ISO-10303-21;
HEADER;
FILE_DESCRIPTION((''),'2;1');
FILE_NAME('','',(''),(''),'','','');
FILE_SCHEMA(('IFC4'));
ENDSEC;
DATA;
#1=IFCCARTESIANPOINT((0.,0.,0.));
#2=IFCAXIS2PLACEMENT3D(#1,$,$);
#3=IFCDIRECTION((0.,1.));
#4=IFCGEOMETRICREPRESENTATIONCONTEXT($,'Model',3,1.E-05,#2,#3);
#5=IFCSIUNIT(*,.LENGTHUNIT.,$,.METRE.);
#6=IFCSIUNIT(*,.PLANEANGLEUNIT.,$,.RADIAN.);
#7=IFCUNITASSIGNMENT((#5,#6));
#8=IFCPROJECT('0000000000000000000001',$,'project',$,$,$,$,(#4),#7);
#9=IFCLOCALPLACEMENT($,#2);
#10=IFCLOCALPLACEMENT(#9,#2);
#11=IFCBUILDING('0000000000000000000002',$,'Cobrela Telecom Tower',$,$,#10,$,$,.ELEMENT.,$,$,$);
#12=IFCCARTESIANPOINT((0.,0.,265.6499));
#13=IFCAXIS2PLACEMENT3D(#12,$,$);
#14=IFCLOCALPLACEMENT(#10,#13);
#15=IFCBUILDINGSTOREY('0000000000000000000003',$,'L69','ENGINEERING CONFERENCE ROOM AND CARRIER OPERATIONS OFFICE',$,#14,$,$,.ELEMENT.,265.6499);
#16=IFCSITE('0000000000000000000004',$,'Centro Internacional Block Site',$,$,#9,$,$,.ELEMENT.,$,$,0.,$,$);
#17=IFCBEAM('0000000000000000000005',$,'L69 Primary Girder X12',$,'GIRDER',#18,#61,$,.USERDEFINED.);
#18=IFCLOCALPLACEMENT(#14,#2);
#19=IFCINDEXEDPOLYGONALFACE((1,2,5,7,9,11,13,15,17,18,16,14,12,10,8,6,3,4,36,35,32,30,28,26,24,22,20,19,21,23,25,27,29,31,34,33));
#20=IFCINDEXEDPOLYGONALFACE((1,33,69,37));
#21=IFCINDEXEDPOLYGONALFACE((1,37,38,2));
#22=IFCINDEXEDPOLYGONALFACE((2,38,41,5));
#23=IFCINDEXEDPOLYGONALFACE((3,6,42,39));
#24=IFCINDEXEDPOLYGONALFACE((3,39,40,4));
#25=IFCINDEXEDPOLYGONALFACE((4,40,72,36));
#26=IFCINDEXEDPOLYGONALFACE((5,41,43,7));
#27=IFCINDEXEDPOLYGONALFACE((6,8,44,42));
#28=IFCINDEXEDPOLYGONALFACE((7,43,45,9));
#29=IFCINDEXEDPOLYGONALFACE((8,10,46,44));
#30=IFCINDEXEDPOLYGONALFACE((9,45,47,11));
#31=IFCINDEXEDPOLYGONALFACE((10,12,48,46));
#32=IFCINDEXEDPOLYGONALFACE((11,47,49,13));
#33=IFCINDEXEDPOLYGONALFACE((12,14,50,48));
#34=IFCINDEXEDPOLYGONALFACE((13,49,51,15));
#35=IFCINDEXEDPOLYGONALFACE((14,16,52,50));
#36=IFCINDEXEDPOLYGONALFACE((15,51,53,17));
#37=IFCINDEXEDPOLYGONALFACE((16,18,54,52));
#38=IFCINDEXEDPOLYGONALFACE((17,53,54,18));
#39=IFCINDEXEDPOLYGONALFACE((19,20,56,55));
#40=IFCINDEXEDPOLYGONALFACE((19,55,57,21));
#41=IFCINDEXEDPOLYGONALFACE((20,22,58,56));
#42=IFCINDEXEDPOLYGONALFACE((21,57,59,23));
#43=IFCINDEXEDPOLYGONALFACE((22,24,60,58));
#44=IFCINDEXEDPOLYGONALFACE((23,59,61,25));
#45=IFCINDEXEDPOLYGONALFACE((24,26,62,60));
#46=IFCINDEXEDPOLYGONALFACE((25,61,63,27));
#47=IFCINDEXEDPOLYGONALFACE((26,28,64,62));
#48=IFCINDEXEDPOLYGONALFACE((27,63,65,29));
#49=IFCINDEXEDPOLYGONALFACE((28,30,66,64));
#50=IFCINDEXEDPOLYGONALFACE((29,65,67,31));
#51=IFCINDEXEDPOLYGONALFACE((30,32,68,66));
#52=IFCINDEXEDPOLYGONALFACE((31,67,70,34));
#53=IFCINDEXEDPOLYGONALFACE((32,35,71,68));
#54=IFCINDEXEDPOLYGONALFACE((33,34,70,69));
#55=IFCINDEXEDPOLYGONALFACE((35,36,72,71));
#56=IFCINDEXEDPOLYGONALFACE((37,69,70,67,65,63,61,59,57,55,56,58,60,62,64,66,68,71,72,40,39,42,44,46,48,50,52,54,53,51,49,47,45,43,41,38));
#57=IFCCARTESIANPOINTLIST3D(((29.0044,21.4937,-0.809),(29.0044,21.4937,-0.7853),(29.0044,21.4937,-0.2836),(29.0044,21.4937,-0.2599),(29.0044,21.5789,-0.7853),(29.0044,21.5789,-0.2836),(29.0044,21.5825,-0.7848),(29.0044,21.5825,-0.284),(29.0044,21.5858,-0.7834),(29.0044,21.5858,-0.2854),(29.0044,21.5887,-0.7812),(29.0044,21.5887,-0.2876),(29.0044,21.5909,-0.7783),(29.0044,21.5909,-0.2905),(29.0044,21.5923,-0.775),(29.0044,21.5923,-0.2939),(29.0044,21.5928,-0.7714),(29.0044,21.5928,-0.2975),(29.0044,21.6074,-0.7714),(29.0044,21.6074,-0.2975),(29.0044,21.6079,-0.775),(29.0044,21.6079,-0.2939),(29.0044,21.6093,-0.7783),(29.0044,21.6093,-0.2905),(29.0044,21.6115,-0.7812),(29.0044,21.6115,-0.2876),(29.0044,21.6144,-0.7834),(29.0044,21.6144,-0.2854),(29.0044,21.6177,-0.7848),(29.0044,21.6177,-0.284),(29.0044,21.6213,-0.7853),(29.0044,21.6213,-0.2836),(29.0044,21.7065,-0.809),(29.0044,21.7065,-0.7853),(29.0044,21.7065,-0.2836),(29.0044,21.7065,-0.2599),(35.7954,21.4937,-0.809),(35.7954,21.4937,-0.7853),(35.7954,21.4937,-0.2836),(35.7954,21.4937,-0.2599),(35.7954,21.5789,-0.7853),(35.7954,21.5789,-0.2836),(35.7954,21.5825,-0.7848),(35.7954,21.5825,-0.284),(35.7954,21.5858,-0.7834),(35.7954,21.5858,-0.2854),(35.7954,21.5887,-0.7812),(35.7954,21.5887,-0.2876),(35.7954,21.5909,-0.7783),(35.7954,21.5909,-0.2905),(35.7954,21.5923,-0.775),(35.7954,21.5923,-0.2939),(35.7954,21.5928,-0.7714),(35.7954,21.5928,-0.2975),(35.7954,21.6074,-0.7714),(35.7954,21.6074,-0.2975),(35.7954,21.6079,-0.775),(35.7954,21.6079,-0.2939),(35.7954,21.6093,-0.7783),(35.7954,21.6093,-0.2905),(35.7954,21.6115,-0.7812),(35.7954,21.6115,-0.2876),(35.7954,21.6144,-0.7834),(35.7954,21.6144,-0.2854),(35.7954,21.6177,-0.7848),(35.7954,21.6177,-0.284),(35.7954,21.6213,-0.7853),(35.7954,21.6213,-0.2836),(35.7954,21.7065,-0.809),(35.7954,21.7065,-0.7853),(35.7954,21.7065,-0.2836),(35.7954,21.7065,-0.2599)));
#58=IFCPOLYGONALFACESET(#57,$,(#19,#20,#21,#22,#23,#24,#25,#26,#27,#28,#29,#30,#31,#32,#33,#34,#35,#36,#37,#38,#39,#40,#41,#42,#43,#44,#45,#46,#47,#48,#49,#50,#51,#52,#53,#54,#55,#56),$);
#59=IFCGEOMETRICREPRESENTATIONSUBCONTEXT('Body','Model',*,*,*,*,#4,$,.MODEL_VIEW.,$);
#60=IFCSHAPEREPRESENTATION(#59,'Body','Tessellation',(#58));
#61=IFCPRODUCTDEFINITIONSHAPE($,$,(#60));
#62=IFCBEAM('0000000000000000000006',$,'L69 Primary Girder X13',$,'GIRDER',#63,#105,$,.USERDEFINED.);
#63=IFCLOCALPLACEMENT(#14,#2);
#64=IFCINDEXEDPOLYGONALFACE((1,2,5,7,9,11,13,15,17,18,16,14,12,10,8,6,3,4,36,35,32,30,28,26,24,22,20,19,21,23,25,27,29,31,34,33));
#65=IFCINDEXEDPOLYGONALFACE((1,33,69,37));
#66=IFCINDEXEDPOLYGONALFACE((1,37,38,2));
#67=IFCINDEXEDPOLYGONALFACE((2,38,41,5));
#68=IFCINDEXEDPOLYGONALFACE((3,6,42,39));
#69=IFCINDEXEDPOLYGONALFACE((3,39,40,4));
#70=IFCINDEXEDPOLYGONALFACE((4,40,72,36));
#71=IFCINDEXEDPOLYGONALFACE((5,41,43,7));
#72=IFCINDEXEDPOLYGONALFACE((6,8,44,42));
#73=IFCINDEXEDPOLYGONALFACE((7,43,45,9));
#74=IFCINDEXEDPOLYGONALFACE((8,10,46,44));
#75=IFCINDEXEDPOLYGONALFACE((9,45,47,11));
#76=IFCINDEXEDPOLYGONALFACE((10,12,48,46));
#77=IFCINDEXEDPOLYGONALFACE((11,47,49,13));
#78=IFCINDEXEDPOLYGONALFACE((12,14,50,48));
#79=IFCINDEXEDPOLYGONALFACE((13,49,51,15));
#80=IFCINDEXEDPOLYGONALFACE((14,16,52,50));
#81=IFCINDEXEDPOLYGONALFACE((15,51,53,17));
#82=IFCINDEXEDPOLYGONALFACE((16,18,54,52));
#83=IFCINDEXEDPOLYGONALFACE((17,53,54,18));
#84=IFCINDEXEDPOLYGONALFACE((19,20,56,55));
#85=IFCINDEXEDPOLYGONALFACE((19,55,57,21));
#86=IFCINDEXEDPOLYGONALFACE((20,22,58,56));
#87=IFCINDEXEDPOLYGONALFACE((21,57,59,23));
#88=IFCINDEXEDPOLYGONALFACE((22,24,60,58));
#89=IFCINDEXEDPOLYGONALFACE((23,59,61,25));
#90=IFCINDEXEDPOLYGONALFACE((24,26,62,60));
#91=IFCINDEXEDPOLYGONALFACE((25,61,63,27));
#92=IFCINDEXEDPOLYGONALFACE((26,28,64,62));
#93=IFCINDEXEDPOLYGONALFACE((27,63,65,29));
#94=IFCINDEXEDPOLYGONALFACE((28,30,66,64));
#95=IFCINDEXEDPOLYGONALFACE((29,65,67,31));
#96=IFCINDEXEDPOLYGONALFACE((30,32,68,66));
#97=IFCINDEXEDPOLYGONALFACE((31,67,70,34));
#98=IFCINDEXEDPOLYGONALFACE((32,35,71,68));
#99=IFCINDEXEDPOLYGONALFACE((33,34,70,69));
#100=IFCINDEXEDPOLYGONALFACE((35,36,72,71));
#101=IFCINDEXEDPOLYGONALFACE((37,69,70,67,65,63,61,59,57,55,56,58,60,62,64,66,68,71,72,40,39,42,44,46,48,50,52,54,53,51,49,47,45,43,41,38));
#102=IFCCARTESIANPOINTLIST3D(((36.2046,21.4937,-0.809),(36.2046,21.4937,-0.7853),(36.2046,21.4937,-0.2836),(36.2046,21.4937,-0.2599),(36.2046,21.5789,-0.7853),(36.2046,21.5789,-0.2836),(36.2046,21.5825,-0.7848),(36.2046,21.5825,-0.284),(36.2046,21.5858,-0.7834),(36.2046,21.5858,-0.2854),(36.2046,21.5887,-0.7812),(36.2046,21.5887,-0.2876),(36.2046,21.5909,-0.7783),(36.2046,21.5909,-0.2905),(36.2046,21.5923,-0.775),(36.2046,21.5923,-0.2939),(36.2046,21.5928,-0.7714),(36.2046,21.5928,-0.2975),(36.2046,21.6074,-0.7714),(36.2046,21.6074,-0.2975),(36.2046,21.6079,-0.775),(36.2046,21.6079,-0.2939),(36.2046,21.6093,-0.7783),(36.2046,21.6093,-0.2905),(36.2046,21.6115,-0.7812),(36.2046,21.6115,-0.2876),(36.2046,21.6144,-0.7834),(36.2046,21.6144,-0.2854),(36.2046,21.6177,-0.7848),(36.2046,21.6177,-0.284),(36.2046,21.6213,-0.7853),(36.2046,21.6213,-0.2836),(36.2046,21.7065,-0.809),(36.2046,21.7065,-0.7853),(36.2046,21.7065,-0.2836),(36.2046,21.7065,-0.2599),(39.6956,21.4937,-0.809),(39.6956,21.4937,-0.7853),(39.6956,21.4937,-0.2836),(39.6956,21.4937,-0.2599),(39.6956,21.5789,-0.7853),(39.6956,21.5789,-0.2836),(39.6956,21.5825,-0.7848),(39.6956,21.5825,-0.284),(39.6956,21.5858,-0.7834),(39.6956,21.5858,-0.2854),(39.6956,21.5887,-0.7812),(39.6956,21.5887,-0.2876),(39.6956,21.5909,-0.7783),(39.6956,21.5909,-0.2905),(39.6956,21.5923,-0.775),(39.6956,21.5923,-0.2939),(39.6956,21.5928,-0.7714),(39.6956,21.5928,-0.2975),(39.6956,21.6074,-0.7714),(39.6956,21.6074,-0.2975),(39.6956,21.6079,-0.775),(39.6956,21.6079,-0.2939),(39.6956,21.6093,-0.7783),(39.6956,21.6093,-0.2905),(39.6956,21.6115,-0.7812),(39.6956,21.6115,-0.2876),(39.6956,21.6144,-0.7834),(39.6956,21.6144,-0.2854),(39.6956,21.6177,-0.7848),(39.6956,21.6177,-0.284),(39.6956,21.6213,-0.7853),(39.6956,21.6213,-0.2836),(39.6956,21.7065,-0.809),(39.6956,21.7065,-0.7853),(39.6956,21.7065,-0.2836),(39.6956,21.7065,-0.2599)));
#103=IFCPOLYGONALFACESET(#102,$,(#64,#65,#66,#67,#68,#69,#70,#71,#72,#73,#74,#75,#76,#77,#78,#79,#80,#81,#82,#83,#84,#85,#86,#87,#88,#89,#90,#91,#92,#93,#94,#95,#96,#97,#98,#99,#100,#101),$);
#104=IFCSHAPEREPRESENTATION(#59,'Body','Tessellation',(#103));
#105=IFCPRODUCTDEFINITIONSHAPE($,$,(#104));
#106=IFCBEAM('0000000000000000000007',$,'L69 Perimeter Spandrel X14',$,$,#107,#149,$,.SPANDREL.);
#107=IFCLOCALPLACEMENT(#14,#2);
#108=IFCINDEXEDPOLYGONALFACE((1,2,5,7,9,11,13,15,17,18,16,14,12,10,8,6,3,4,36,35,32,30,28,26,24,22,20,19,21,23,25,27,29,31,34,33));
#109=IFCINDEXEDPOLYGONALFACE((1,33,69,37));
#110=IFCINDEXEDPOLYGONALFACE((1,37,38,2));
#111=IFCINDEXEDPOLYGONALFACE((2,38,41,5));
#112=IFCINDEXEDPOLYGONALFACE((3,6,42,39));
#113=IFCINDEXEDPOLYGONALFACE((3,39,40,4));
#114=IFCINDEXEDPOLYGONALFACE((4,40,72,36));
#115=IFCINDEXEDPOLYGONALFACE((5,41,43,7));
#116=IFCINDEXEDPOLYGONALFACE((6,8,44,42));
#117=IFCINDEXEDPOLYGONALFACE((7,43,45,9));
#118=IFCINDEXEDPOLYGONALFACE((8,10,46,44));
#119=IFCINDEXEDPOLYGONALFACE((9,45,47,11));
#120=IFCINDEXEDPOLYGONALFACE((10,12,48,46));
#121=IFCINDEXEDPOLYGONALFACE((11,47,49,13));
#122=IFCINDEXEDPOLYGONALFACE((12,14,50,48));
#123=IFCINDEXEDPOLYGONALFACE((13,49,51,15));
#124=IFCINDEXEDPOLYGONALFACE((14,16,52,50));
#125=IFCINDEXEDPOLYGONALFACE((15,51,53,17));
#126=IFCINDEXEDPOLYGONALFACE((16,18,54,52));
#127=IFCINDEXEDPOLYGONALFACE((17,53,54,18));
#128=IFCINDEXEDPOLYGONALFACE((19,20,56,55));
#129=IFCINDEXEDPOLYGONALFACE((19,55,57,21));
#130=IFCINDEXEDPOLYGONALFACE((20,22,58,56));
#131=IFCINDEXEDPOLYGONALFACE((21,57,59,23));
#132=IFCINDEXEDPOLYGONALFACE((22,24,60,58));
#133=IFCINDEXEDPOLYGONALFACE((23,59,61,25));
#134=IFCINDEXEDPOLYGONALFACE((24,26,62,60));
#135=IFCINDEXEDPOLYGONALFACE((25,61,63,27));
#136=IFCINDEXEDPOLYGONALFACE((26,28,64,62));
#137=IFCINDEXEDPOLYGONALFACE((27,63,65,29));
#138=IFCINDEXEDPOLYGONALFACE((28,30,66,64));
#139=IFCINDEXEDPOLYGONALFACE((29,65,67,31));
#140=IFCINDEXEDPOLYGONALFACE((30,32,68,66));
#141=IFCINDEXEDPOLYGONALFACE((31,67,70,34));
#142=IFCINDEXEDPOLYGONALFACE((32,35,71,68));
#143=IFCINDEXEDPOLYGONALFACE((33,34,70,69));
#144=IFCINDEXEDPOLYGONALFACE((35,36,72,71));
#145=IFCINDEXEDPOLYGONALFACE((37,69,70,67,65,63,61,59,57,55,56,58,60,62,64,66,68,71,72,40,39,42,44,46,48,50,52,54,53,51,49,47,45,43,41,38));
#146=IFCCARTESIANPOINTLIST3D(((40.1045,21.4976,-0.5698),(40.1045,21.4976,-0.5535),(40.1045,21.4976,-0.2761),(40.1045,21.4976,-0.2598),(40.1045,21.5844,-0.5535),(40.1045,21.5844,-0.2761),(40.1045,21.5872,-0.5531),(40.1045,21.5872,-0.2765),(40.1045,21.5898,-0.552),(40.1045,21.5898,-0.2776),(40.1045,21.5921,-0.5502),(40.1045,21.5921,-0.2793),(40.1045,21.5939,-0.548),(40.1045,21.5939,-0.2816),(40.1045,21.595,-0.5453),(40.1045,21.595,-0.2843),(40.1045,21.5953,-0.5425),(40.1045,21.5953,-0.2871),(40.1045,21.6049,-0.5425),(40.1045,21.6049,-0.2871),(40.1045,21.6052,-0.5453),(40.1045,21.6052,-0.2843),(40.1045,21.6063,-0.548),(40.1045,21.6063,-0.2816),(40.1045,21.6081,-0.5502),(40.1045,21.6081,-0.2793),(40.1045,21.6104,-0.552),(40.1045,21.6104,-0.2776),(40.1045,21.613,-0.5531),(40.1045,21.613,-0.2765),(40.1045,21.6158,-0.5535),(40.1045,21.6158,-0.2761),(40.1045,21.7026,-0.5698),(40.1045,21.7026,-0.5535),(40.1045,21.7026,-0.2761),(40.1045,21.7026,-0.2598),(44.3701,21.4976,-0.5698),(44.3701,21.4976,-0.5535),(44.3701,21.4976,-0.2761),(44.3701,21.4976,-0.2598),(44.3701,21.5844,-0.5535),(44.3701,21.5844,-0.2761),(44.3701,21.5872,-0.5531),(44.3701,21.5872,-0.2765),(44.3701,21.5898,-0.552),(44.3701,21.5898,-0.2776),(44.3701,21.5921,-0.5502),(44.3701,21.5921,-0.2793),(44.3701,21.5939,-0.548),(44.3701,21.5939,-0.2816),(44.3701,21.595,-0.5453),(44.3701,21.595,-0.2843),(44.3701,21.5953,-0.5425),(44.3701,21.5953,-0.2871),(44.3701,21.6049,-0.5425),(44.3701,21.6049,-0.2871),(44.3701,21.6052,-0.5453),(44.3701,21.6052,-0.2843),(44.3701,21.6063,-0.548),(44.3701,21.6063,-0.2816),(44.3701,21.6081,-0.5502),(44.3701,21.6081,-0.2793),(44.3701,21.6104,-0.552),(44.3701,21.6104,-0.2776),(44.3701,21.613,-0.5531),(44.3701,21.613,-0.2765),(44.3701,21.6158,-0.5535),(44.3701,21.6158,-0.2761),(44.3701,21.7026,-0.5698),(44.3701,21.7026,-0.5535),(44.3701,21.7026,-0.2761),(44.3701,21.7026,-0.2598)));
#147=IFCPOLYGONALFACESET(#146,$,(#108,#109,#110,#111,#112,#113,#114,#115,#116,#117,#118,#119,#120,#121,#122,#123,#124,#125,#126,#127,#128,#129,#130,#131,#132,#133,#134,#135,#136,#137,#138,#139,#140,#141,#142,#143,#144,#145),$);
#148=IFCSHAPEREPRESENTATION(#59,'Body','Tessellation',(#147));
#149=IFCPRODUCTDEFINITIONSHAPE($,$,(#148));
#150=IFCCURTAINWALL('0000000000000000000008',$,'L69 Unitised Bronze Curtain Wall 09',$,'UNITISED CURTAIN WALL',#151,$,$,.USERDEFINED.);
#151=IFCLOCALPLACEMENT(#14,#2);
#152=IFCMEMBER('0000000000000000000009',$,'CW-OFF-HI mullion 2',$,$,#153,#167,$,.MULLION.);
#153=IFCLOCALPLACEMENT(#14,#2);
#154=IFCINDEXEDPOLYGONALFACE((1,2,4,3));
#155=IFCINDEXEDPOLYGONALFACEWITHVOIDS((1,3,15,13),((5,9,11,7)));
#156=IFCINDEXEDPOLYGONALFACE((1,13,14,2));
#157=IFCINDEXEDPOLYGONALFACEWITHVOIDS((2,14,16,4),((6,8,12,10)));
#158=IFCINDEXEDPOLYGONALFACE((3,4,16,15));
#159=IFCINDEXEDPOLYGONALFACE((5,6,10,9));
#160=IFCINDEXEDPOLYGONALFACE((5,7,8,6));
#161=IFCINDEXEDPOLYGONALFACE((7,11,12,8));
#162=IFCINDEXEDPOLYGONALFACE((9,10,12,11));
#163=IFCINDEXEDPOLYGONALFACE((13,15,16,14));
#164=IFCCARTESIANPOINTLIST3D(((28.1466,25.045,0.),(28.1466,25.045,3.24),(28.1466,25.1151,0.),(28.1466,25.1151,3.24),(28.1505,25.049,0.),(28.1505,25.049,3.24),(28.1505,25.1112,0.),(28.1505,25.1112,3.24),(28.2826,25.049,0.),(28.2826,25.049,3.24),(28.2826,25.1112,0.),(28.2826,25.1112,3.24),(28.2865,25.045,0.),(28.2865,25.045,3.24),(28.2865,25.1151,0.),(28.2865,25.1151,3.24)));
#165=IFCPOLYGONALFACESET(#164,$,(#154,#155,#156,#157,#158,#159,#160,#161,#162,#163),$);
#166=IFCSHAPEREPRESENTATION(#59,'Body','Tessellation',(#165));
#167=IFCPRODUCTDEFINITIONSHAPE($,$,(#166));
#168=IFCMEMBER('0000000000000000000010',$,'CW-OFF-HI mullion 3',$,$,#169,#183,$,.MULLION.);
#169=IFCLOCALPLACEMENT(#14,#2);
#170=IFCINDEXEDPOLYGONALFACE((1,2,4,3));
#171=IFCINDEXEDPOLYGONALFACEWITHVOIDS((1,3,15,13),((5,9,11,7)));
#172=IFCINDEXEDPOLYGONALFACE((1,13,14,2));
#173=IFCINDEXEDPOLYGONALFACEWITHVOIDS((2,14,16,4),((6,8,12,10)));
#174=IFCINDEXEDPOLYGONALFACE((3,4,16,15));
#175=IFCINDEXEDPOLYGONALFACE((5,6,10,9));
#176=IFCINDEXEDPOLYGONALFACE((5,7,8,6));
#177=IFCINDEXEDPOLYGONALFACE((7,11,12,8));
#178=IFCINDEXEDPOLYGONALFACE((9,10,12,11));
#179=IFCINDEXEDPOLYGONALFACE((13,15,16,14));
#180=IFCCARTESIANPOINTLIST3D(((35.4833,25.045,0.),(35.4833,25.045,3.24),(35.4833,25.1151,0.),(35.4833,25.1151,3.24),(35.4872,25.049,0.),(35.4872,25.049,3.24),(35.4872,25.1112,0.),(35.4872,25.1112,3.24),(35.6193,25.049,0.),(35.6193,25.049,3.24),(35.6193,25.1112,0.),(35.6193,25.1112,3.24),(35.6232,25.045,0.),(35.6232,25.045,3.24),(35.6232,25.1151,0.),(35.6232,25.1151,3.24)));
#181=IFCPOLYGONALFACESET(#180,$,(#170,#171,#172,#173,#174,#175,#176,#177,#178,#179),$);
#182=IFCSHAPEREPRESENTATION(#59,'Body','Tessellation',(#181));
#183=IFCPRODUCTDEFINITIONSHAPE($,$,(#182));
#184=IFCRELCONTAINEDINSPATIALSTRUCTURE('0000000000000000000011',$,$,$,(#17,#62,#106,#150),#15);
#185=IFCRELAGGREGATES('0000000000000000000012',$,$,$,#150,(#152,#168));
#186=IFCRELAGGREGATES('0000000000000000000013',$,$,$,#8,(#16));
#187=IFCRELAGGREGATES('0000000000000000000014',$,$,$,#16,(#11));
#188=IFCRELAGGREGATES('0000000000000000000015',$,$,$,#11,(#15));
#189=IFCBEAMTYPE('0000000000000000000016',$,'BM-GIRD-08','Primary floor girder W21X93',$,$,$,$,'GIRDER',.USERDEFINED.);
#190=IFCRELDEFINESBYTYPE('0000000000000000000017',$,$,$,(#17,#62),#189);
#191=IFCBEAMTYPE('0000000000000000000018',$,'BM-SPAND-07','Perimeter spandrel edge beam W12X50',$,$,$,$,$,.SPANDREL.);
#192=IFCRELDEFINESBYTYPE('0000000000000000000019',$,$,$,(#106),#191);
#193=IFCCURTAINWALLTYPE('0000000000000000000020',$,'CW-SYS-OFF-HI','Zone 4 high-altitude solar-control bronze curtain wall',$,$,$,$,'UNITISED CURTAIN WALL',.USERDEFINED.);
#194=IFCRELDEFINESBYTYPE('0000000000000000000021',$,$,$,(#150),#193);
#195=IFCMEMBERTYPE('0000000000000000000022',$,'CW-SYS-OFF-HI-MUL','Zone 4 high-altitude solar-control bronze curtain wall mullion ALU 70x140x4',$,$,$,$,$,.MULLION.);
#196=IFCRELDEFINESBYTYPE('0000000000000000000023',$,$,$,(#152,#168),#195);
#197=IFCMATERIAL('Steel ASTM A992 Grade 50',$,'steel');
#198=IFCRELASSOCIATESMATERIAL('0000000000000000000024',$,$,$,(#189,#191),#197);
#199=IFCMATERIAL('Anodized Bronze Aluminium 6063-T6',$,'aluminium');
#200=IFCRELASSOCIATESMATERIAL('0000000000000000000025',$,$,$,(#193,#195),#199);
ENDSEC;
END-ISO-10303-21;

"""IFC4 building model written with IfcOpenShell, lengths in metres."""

from ifc_helpers import new_model, si_unit, direction, frame, origin, origin_2d, place, context, subcontext, project, spatial, hollow_rectangle, i_section, extrude, material, material_profile, profile_set, type_object, element, aggregate, save


model = new_model("IFC4")

# Units and contexts
model_context = context("Model", 3, precision=1e-05, world=origin(), true_north=direction((0.0, 1.0)))
body_context = subcontext(model_context, "Body", "Model", "MODEL_VIEW")
ifc_project = project(units=[si_unit("LENGTHUNIT", "METRE"), si_unit("PLANEANGLEUNIT", "RADIAN")], contexts=[model_context])

# Site, building, storey
site_placement = place(None, origin())
site = spatial("IfcSite", under=ifc_project, at=site_placement, Name="Centro Internacional Block Site", CompositionType="ELEMENT", RefElevation=0.0)
building_placement = place(site_placement, origin())
building = spatial("IfcBuilding", under=site, at=building_placement, Name="Cobrela Telecom Tower", CompositionType="ELEMENT")
storey_placement = place(building_placement, frame((0.0, 0.0, 265.6499)))
storey = spatial("IfcBuildingStorey", under=building, at=storey_placement, Name="L69", Description="ENGINEERING CONFERENCE ROOM AND CARRIER OPERATIONS OFFICE", CompositionType="ELEMENT", Elevation=265.6499)

# Shared definitions
ifc_material_1 = material(Name="Steel ASTM A992 Grade 50", Category="steel")

# Beams
ifc_material_profile_1 = material_profile(ifc_material_1, i_section(OverallWidth=0.2129, OverallDepth=0.5491, WebThickness=0.0146, FlangeThickness=0.0237, FilletRadius=0.0139, at=origin_2d()), Name="W21X93")
ifc_profile_set_1 = profile_set([ifc_material_profile_1], Name="Steel ASTM A992 Grade 50")
beam_type_1 = type_object("IfcBeamType", Name="BM-GIRD-08", Description="Primary floor girder W21X93", ElementType="GIRDER", PredefinedType="USERDEFINED", material=ifc_profile_set_1)
beam_1_placement = place(storey_placement, frame((29.0044, 21.6001, -0.5344), z_axis=(1.0, 0.0, 0.0), x_axis=(0.0, 1.0, 0.0)))
element("IfcBeam", 1, at=beam_1_placement, inside=storey, type_object=beam_type_1, Name="L69 Primary Girder X12", ObjectType="GIRDER", PredefinedType="USERDEFINED", context=body_context, shape_type="SweptSolid", body=[
    extrude(i_section(OverallWidth=0.2129, OverallDepth=0.5491, WebThickness=0.0146, FlangeThickness=0.0237, FilletRadius=0.0139, at=origin_2d()), origin(), (0.0, 0.0, 1.0), 6.791),
])
beam_2_placement = place(storey_placement, frame((36.2046, 21.6001, -0.5344), z_axis=(1.0, 0.0, 0.0), x_axis=(0.0, 1.0, 0.0)))
element("IfcBeam", 2, at=beam_2_placement, inside=storey, type_object=beam_type_1, Name="L69 Primary Girder X13", ObjectType="GIRDER", PredefinedType="USERDEFINED", context=body_context, shape_type="SweptSolid", body=[
    extrude(i_section(OverallWidth=0.2129, OverallDepth=0.5491, WebThickness=0.0146, FlangeThickness=0.0237, FilletRadius=0.0139, at=origin_2d()), origin(), (0.0, 0.0, 1.0), 3.491),
])
ifc_material_profile_2 = material_profile(ifc_material_1, i_section(OverallWidth=0.2051, OverallDepth=0.3101, WebThickness=0.0095, FlangeThickness=0.0164, FilletRadius=0.011, at=origin_2d()), Name="W12X50")
ifc_profile_set_2 = profile_set([ifc_material_profile_2], Name="Steel ASTM A992 Grade 50")
beam_type_2 = type_object("IfcBeamType", Name="BM-SPAND-07", Description="Perimeter spandrel edge beam W12X50", PredefinedType="SPANDREL", material=ifc_profile_set_2)
beam_3_placement = place(storey_placement, frame((40.1045, 21.6001, -0.4148), z_axis=(1.0, 0.0, 0.0), x_axis=(0.0, 1.0, 0.0)))
element("IfcBeam", 3, at=beam_3_placement, inside=storey, type_object=beam_type_2, Name="L69 Perimeter Spandrel X14", PredefinedType="SPANDREL", context=body_context, shape_type="SweptSolid", body=[
    extrude(i_section(OverallWidth=0.2051, OverallDepth=0.3101, WebThickness=0.0095, FlangeThickness=0.0164, FilletRadius=0.011, at=origin_2d()), origin(), (0.0, 0.0, 1.0), 4.2656),
])

# Curtain wall, members
ifc_material_2 = material(Name="Anodized Bronze Aluminium 6063-T6", Category="aluminium")
curtain_wall_type = type_object("IfcCurtainWallType", Name="CW-SYS-OFF-HI", Description="Zone 4 high-altitude solar-control bronze curtain wall", ElementType="UNITISED CURTAIN WALL", PredefinedType="USERDEFINED", material=ifc_material_2)
curtain_wall_1_placement = place(storey_placement, origin())
curtain_wall_1 = element("IfcCurtainWall", 4, at=curtain_wall_1_placement, inside=storey, type_object=curtain_wall_type, Name="L69 Unitised Bronze Curtain Wall 09", ObjectType="UNITISED CURTAIN WALL", PredefinedType="USERDEFINED")
ifc_material_profile_3 = material_profile(ifc_material_2, hollow_rectangle(XDim=0.0701, YDim=0.1399, WallThickness=0.0039, at=origin_2d()), Name="ALU 70x140x4")
ifc_profile_set_3 = profile_set([ifc_material_profile_3], Name="Anodized Bronze Aluminium 6063-T6")
member_type_1 = type_object("IfcMemberType", Name="CW-SYS-OFF-HI-MUL", Description="Zone 4 high-altitude solar-control bronze curtain wall mullion ALU 70x140x4", PredefinedType="MULLION", material=ifc_profile_set_3)
member_1_placement = place(storey_placement, frame((28.2166, 25.0801, 0.0), z_axis=(0.0, 0.0, 1.0), x_axis=(0.0, 1.0, 0.0)))
member_1 = element("IfcMember", 5, at=member_1_placement, type_object=member_type_1, Name="CW-OFF-HI mullion 2", PredefinedType="MULLION", context=body_context, shape_type="SweptSolid", body=[
    extrude(hollow_rectangle(XDim=0.0701, YDim=0.1399, WallThickness=0.0039, at=origin_2d()), origin(), (0.0, 0.0, 1.0), 3.24),
])
member_2_placement = place(storey_placement, frame((35.5532, 25.0801, 0.0), z_axis=(0.0, 0.0, 1.0), x_axis=(0.0, 1.0, 0.0)))
member_2 = element("IfcMember", 6, at=member_2_placement, type_object=member_type_1, Name="CW-OFF-HI mullion 3", PredefinedType="MULLION", context=body_context, shape_type="SweptSolid", body=[
    extrude(hollow_rectangle(XDim=0.0701, YDim=0.1399, WallThickness=0.0039, at=origin_2d()), origin(), (0.0, 0.0, 1.0), 3.24),
])

aggregate(curtain_wall_1, [member_1, member_2])

save(model, "model.ifc")
